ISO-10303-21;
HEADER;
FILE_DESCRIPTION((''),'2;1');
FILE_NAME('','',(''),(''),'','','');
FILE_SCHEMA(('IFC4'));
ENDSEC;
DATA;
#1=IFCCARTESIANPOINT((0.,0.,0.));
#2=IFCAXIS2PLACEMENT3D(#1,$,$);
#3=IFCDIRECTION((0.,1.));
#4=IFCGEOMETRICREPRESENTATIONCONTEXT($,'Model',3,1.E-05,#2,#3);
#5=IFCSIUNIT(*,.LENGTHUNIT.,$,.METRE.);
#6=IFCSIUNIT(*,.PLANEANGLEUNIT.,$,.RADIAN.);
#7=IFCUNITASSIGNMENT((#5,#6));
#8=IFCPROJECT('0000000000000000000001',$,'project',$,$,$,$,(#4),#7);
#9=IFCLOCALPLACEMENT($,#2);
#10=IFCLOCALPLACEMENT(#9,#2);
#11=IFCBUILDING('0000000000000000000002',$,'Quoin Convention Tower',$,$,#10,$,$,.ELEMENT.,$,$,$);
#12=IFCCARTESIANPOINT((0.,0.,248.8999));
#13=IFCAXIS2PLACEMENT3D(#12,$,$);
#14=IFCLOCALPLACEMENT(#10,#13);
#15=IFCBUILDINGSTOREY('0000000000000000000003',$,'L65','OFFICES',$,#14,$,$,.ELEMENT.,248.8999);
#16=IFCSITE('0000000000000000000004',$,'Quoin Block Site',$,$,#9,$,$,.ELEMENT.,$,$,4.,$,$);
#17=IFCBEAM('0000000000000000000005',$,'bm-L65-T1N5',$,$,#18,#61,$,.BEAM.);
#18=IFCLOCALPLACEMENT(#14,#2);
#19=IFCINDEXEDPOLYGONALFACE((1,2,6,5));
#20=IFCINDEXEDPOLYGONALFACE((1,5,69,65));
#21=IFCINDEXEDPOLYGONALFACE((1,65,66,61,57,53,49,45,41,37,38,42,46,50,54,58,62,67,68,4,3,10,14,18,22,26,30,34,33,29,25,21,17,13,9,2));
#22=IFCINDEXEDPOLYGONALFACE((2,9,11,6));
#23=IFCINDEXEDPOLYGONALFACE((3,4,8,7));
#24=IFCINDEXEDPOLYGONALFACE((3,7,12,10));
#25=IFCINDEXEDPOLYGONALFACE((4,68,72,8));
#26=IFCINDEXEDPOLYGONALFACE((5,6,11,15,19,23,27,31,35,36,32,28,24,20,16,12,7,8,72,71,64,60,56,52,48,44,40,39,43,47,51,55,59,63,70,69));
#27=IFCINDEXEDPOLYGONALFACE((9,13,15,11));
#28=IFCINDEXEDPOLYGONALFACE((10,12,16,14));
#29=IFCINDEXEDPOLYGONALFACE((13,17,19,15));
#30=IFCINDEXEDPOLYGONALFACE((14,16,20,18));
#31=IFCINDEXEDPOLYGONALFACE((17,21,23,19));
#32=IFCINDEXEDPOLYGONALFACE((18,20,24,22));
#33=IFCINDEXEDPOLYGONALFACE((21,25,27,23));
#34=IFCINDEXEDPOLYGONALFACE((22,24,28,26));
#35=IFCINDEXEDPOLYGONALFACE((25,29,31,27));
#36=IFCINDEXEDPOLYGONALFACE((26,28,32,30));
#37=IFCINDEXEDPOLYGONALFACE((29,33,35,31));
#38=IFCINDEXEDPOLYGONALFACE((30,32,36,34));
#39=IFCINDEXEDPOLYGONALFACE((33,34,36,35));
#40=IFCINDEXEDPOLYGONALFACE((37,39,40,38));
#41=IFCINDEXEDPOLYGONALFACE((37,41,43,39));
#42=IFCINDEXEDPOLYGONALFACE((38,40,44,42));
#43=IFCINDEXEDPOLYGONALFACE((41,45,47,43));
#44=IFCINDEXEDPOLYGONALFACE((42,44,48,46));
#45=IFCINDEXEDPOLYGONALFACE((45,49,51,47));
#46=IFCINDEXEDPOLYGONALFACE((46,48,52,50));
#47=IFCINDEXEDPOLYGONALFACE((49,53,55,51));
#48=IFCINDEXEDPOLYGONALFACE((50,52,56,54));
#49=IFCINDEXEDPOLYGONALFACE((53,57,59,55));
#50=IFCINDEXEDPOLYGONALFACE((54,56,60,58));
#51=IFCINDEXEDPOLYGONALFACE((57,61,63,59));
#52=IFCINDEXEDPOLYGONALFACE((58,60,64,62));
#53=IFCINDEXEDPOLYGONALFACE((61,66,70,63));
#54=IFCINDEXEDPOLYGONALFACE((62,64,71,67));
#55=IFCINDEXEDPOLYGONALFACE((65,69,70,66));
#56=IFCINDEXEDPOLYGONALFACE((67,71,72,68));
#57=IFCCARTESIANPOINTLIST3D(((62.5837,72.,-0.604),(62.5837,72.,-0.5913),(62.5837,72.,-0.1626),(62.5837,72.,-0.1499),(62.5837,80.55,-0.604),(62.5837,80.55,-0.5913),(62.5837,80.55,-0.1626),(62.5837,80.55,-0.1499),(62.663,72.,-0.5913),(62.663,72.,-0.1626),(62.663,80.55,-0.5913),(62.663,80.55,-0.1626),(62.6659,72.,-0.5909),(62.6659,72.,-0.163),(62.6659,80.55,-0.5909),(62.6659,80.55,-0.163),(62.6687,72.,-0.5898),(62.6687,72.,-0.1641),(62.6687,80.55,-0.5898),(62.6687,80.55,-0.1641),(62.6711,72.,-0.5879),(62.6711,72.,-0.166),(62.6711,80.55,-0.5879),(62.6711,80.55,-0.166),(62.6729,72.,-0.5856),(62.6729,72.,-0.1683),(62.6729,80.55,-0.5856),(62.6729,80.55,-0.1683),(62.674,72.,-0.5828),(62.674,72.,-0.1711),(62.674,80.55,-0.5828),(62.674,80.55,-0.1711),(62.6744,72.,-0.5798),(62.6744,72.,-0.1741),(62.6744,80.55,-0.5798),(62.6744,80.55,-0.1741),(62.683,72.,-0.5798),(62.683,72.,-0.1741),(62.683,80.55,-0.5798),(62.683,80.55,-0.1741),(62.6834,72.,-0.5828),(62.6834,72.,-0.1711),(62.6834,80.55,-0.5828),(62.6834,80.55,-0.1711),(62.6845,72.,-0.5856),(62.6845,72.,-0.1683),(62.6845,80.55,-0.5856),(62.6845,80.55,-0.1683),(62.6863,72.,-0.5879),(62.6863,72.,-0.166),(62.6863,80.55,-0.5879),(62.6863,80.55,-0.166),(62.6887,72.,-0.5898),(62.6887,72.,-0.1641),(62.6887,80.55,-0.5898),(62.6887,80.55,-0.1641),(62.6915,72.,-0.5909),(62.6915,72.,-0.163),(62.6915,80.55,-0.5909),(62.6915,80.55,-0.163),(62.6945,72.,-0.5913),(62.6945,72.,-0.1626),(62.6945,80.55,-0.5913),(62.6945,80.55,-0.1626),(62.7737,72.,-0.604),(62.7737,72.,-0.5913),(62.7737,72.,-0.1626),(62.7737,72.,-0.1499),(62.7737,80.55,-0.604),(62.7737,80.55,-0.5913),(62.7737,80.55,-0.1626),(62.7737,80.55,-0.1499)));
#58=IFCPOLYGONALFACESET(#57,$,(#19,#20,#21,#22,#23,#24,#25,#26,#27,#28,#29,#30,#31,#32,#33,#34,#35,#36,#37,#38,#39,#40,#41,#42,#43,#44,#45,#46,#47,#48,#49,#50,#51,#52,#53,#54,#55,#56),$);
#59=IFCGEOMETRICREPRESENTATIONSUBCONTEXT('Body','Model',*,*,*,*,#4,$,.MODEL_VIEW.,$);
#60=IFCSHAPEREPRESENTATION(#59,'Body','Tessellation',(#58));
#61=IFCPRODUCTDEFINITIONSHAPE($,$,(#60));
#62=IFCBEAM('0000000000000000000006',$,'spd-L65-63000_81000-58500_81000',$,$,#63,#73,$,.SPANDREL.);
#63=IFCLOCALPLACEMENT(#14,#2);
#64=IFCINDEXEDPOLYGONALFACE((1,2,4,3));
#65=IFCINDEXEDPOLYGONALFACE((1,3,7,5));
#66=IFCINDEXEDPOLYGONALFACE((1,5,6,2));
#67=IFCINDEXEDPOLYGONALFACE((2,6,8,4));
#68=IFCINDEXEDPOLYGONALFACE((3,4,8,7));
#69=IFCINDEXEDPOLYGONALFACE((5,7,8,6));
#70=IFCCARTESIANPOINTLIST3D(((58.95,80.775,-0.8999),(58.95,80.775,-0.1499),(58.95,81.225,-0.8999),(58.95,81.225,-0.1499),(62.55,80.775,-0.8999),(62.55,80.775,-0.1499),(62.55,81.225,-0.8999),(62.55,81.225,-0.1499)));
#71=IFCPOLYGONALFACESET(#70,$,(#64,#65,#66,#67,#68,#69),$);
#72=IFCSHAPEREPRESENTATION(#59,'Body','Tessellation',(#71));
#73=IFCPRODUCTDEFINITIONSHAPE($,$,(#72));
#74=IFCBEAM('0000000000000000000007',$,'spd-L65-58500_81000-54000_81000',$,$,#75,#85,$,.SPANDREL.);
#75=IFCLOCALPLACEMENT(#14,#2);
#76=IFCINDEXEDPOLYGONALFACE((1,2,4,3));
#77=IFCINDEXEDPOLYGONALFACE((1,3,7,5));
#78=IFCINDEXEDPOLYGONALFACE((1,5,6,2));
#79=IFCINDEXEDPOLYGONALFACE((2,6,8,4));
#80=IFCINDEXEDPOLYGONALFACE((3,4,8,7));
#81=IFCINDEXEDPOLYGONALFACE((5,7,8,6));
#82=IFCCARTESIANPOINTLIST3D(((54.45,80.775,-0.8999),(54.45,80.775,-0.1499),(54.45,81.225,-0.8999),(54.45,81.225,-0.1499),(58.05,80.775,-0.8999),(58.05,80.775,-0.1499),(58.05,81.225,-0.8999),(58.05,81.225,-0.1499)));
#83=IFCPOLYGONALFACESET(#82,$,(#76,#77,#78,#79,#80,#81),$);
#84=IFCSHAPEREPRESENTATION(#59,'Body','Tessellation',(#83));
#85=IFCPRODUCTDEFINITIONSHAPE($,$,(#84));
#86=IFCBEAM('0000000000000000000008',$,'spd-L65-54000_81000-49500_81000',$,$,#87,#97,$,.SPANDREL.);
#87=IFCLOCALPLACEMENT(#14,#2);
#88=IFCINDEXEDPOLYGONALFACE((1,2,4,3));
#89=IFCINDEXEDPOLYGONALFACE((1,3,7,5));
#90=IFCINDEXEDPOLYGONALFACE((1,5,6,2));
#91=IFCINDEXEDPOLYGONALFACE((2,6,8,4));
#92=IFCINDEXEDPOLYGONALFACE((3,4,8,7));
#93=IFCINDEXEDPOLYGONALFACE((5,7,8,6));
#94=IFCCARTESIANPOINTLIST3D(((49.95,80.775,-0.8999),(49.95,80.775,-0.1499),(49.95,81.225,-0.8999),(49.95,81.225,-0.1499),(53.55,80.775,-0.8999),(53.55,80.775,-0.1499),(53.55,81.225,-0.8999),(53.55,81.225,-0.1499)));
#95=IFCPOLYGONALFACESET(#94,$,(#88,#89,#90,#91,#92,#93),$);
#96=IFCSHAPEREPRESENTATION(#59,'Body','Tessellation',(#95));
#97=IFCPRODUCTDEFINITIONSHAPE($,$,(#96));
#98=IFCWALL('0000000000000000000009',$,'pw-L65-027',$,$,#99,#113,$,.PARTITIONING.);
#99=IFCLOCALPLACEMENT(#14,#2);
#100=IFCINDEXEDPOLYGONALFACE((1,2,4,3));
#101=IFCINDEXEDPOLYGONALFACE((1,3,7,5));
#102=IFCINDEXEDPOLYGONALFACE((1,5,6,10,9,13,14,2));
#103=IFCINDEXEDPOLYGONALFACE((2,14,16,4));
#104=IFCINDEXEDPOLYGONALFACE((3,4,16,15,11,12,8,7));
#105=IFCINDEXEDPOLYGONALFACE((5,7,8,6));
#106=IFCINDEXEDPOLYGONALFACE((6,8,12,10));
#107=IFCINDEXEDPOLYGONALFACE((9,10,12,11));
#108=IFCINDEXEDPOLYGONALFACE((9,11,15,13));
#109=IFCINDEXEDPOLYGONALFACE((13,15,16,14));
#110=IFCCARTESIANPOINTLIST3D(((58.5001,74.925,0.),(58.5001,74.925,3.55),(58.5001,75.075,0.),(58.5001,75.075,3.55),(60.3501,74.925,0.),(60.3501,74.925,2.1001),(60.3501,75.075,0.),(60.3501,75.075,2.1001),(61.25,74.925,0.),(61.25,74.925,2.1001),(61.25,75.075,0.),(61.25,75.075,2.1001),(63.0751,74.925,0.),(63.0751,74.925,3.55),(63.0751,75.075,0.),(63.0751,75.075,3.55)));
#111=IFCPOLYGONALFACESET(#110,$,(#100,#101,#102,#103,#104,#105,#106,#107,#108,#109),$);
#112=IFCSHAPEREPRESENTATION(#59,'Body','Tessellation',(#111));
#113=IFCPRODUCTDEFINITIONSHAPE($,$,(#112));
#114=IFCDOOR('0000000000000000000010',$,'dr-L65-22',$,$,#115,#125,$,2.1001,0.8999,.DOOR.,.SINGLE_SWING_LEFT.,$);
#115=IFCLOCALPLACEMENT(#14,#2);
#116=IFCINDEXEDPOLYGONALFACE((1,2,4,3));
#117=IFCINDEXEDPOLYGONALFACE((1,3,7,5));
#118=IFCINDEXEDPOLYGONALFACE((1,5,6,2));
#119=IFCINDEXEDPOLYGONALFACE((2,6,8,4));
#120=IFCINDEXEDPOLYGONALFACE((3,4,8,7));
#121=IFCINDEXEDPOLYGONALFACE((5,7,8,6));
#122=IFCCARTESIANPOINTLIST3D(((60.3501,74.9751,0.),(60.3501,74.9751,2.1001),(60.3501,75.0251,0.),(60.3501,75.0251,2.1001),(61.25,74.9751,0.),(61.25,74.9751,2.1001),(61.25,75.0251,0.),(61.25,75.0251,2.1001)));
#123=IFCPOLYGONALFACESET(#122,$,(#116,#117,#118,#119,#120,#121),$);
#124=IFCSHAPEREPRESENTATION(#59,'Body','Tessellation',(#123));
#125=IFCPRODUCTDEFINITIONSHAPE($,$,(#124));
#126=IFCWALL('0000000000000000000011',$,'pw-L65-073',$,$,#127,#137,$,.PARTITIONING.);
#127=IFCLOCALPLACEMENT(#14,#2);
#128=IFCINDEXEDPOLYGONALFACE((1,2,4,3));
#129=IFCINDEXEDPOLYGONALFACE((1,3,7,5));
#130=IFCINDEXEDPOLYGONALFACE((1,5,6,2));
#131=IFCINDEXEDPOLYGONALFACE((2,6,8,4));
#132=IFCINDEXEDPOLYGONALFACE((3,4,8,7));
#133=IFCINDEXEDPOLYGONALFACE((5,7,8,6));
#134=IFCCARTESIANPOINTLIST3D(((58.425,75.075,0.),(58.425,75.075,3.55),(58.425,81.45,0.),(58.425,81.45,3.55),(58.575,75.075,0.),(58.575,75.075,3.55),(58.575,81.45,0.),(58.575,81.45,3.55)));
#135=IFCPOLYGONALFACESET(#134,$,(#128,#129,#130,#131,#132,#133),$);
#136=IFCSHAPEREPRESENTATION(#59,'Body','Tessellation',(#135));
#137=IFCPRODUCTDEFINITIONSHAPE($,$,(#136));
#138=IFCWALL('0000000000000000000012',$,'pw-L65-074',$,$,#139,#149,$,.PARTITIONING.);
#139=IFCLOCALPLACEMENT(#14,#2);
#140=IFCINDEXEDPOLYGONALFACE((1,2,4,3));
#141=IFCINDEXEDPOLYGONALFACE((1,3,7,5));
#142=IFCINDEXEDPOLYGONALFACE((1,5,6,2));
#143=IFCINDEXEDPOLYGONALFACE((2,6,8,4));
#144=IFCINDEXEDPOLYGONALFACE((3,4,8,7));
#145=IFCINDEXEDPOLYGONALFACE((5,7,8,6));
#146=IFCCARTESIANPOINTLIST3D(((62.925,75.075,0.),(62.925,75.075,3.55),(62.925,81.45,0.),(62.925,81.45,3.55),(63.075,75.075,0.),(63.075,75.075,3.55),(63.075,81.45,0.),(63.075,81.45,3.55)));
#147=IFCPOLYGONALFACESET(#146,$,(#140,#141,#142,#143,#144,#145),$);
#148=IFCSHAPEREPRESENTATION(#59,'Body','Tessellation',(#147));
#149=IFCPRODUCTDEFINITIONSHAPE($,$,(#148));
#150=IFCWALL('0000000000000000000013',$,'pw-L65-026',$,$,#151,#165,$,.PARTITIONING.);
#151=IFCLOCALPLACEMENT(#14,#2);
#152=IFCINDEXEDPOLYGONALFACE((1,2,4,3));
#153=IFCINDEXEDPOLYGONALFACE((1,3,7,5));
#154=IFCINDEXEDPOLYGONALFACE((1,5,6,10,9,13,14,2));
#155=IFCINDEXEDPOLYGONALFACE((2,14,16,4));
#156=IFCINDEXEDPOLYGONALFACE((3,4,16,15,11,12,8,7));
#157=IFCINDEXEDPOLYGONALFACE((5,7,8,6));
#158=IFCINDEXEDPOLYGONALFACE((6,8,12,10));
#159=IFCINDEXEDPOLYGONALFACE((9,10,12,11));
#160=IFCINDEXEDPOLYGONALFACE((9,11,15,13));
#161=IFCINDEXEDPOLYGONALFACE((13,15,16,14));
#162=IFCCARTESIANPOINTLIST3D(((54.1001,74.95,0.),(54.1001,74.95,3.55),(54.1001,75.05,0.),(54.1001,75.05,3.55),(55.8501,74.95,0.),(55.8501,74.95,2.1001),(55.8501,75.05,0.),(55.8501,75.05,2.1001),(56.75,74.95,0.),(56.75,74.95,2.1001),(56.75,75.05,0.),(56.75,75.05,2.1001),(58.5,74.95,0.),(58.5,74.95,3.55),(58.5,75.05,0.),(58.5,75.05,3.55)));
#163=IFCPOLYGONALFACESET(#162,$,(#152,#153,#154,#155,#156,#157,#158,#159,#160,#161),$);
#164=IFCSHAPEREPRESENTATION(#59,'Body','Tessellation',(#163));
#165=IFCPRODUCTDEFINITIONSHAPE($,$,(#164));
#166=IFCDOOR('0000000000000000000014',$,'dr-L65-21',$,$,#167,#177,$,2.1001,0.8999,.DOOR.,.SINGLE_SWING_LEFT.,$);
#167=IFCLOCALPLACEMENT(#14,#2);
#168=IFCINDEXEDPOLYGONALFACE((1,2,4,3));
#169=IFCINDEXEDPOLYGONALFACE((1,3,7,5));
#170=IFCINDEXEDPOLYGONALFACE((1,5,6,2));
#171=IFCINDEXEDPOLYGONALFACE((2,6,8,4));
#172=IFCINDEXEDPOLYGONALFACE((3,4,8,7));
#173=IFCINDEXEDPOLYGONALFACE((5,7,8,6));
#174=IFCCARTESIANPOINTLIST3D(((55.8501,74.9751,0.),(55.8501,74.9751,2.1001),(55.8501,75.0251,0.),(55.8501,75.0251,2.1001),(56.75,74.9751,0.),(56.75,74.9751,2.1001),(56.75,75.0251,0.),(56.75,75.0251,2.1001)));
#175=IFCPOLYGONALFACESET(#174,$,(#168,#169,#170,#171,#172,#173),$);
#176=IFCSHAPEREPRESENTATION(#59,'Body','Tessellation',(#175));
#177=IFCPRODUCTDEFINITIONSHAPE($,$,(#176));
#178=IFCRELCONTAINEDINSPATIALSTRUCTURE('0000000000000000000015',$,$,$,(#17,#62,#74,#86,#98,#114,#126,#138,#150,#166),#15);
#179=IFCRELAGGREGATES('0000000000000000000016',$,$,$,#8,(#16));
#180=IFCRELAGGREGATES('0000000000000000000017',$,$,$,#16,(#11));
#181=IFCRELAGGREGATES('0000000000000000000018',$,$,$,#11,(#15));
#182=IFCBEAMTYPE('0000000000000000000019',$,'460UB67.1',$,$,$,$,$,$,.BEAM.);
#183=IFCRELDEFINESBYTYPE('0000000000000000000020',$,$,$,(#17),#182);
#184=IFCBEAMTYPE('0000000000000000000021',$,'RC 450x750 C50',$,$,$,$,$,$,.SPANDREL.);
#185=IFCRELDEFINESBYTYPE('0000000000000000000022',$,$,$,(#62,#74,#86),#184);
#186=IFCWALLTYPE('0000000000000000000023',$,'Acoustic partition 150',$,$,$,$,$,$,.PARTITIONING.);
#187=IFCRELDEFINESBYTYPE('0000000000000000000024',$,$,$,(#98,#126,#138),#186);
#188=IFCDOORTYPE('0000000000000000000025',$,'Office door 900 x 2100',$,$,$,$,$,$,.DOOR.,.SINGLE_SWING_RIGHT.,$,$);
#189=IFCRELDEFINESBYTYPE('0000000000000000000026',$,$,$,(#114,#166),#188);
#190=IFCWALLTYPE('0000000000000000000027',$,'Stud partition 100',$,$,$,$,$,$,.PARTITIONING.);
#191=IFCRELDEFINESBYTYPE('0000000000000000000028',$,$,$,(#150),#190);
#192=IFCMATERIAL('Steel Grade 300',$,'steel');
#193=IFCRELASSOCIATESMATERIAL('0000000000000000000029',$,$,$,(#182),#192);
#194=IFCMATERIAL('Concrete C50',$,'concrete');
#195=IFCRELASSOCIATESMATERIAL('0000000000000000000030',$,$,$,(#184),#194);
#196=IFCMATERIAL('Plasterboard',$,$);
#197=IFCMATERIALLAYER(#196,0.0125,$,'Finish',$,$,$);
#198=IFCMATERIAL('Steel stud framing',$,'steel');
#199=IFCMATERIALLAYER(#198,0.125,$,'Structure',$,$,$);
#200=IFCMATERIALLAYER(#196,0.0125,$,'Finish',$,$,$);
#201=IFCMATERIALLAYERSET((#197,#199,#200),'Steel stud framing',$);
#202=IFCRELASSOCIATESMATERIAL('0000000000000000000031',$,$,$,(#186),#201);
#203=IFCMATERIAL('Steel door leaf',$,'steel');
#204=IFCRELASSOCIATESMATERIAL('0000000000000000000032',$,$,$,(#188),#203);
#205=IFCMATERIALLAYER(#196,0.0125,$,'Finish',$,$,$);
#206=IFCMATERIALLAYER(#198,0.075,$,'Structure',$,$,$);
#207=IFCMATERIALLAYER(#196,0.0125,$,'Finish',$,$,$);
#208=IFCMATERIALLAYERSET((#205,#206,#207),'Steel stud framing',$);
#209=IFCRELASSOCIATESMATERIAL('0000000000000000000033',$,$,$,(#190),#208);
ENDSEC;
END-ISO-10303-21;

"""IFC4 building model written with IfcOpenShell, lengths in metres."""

from ifc_helpers import new_model, si_unit, direction, frame, frame_2d, origin, origin_2d, place, context, subcontext, project, spatial, rectangle, i_section, extrude, material, layer, layer_set, material_profile, profile_set, type_object, element, fill, save


model = new_model("IFC4")

# Units and contexts
model_context = context("Model", 3, precision=1e-05, world=origin(), true_north=direction((0.0, 1.0)))
body_context = subcontext(model_context, "Body", "Model", "MODEL_VIEW")
ifc_project = project(units=[si_unit("LENGTHUNIT", "METRE"), si_unit("PLANEANGLEUNIT", "RADIAN")], contexts=[model_context])

# Site, building, storey
site_placement = place(None, origin())
site = spatial("IfcSite", under=ifc_project, at=site_placement, Name="Quoin Block Site", CompositionType="ELEMENT", RefElevation=4.0)
building_placement = place(site_placement, origin())
building = spatial("IfcBuilding", under=site, at=building_placement, Name="Quoin Convention Tower", CompositionType="ELEMENT")
storey_placement = place(building_placement, frame((0.0, 0.0, 248.8999)))
storey = spatial("IfcBuildingStorey", under=building, at=storey_placement, Name="L65", Description="OFFICES", CompositionType="ELEMENT", Elevation=248.8999)

# Shared definitions
ifc_material_1 = material(Name="Concrete C50", Category="concrete")

# Beams
ifc_material_2 = material(Name="Steel Grade 300", Category="steel")
ifc_material_profile_1 = material_profile(ifc_material_2, i_section(OverallWidth=0.1899, OverallDepth=0.4541, WebThickness=0.0085, FlangeThickness=0.0127, FilletRadius=0.0115, at=origin_2d()), Name="460UB67.1")
ifc_profile_set_1 = profile_set([ifc_material_profile_1], Name="Steel Grade 300")
beam_type_1 = type_object("IfcBeamType", Name="460UB67.1", PredefinedType="BEAM", material=ifc_profile_set_1)
beam_placement = place(storey_placement, frame((62.6787, 72.0, -0.377), z_axis=(0.0, 1.0, 0.0), x_axis=(-1.0, 0.0, 0.0)))
element("IfcBeam", 1, at=beam_placement, inside=storey, type_object=beam_type_1, Name="bm-L65-T1N5", PredefinedType="BEAM", context=body_context, shape_type="SweptSolid", body=[
    extrude(i_section(OverallWidth=0.1899, OverallDepth=0.4541, WebThickness=0.0085, FlangeThickness=0.0127, FilletRadius=0.0115, at=origin_2d()), origin(), (0.0, 0.0, 1.0), 8.55),
])
ifc_material_profile_2 = material_profile(ifc_material_1, rectangle(XDim=0.45, YDim=0.75, at=origin_2d()), Name="RC 450x750")
ifc_profile_set_2 = profile_set([ifc_material_profile_2], Name="Concrete C50")
beam_type_2 = type_object("IfcBeamType", Name="RC 450x750 C50", PredefinedType="SPANDREL", material=ifc_profile_set_2)
for number, where, z_axis, x_axis, name in (
    (2, (62.55, 81.0, -0.5249), (-1.0, 0.0, 0.0), (0.0, -1.0, 0.0), "spd-L65-63000_81000-58500_81000"),
    (3, (58.05, 81.0, -0.5249), (-1.0, 0.0, 0.0), (0.0, -1.0, 0.0), "spd-L65-58500_81000-54000_81000"),
    (4, (53.55, 81.0, -0.5249), (-1.0, 0.0, 0.0), (0.0, -1.0, 0.0), "spd-L65-54000_81000-49500_81000"),
):
    element("IfcBeam", number, at=place(storey_placement, frame(where, z_axis=z_axis, x_axis=x_axis)), inside=storey, type_object=beam_type_2, Name=name, PredefinedType="SPANDREL", context=body_context, shape_type="SweptSolid", body=[
        extrude(rectangle(XDim=0.45, YDim=0.75, at=origin_2d()), origin(), (0.0, 0.0, 1.0), 3.6001),
    ])

# Wall, opening, door
ifc_material_3 = material(Name="Plasterboard")
ifc_layer_1 = layer(ifc_material_3, 0.0125, Name="Finish")
ifc_material_4 = material(Name="Steel stud framing", Category="steel")
ifc_layer_2 = layer(ifc_material_4, 0.125, Name="Structure")
ifc_layer_3 = layer(ifc_material_3, 0.0125, Name="Finish")
ifc_layer_set_1 = layer_set([ifc_layer_1, ifc_layer_2, ifc_layer_3], Name="Steel stud framing")
wall_type_1 = type_object("IfcWallType", Name="Acoustic partition 150", PredefinedType="PARTITIONING", material=ifc_layer_set_1)
wall_1_placement = place(storey_placement, frame((58.5, 75.0, 0.0), z_axis=(0.0, 0.0, 1.0), x_axis=(1.0, 0.0, 0.0)))
wall_1 = element("IfcWall", 5, at=wall_1_placement, inside=storey, type_object=wall_type_1, Name="pw-L65-027", PredefinedType="PARTITIONING", context=body_context, shape_type="SweptSolid", body=[
    extrude(rectangle(XDim=4.575, YDim=0.1499, at=frame_2d((2.2876, 0.0))), origin(), (0.0, 0.0, 1.0), 3.55),
])
opening_1_placement = place(wall_1_placement, frame((1.8501, 0.0, 0.0)))
opening_1 = element("IfcOpeningElement", 6, at=opening_1_placement, cuts=wall_1, PredefinedType="OPENING", context=body_context, shape_type="SweptSolid", body=[
    extrude(rectangle(XDim=0.8999, YDim=2.1001, at=frame_2d((0.45, 1.05))), frame((0.0, 0.085, 0.0), z_axis=(0.0, -1.0, 0.0), x_axis=(1.0, 0.0, 0.0)), (0.0, 0.0, 1.0), 0.1699),
])
ifc_material_5 = material(Name="Steel door leaf", Category="steel")
door_type = type_object("IfcDoorType", Name="Office door 900 x 2100", OperationType="SINGLE_SWING_RIGHT", PredefinedType="DOOR", material=ifc_material_5)
door_1_placement = place(opening_1_placement, frame((0.8999, 0.0, 0.0), z_axis=(0.0, 0.0, 1.0), x_axis=(-1.0, 0.0, 0.0)))
door_1 = element("IfcDoor", 7, at=door_1_placement, inside=storey, type_object=door_type, Name="dr-L65-22", OperationType="SINGLE_SWING_LEFT", OverallHeight=2.1001, OverallWidth=0.8999, PredefinedType="DOOR", context=body_context, shape_type="SweptSolid", body=[
    extrude(rectangle(XDim=0.8999, YDim=2.1001, at=frame_2d((0.45, 1.05))), frame((0.0, 0.0249, 0.0), z_axis=(0.0, -1.0, 0.0), x_axis=(1.0, 0.0, 0.0)), (0.0, 0.0, 1.0), 0.05),
])
fill(opening_1, door_1)

# Walls
for number, where, z_axis, x_axis, name in (
    (8, (58.5, 75.075, 0.0), (0.0, 0.0, 1.0), (0.0, 1.0, 0.0), "pw-L65-073"),
    (9, (63.0, 75.075, 0.0), (0.0, 0.0, 1.0), (0.0, 1.0, 0.0), "pw-L65-074"),
):
    element("IfcWall", number, at=place(storey_placement, frame(where, z_axis=z_axis, x_axis=x_axis)), inside=storey, type_object=wall_type_1, Name=name, PredefinedType="PARTITIONING", context=body_context, shape_type="SweptSolid", body=[
        extrude(rectangle(XDim=6.375, YDim=0.1499, at=frame_2d((3.1875, 0.0))), origin(), (0.0, 0.0, 1.0), 3.55),
    ])

# Wall, opening, door
ifc_layer_4 = layer(ifc_material_3, 0.0125, Name="Finish")
ifc_layer_5 = layer(ifc_material_4, 0.075, Name="Structure")
ifc_layer_6 = layer(ifc_material_3, 0.0125, Name="Finish")
ifc_layer_set_2 = layer_set([ifc_layer_4, ifc_layer_5, ifc_layer_6], Name="Steel stud framing")
wall_type_2 = type_object("IfcWallType", Name="Stud partition 100", PredefinedType="PARTITIONING", material=ifc_layer_set_2)
wall_2_placement = place(storey_placement, frame((54.1001, 75.0, 0.0), z_axis=(0.0, 0.0, 1.0), x_axis=(1.0, 0.0, 0.0)))
wall_2 = element("IfcWall", 10, at=wall_2_placement, inside=storey, type_object=wall_type_2, Name="pw-L65-026", PredefinedType="PARTITIONING", context=body_context, shape_type="SweptSolid", body=[
    extrude(rectangle(XDim=4.3999, YDim=0.1001, at=frame_2d((2.2, 0.0))), origin(), (0.0, 0.0, 1.0), 3.55),
])
opening_2_placement = place(wall_2_placement, frame((1.75, 0.0, 0.0)))
opening_2 = element("IfcOpeningElement", 11, at=opening_2_placement, cuts=wall_2, PredefinedType="OPENING", context=body_context, shape_type="SweptSolid", body=[
    extrude(rectangle(XDim=0.8999, YDim=2.1001, at=frame_2d((0.45, 1.05))), frame((0.0, 0.0601, 0.0), z_axis=(0.0, -1.0, 0.0), x_axis=(1.0, 0.0, 0.0)), (0.0, 0.0, 1.0), 0.1201),
])
door_2_placement = place(opening_2_placement, frame((0.8999, 0.0, 0.0), z_axis=(0.0, 0.0, 1.0), x_axis=(-1.0, 0.0, 0.0)))
door_2 = element("IfcDoor", 12, at=door_2_placement, inside=storey, type_object=door_type, Name="dr-L65-21", OperationType="SINGLE_SWING_LEFT", OverallHeight=2.1001, OverallWidth=0.8999, PredefinedType="DOOR", context=body_context, shape_type="SweptSolid", body=[
    extrude(rectangle(XDim=0.8999, YDim=2.1001, at=frame_2d((0.45, 1.05))), frame((0.0, 0.0249, 0.0), z_axis=(0.0, -1.0, 0.0), x_axis=(1.0, 0.0, 0.0)), (0.0, 0.0, 1.0), 0.05),
])
fill(opening_2, door_2)

save(model, "model.ifc")
